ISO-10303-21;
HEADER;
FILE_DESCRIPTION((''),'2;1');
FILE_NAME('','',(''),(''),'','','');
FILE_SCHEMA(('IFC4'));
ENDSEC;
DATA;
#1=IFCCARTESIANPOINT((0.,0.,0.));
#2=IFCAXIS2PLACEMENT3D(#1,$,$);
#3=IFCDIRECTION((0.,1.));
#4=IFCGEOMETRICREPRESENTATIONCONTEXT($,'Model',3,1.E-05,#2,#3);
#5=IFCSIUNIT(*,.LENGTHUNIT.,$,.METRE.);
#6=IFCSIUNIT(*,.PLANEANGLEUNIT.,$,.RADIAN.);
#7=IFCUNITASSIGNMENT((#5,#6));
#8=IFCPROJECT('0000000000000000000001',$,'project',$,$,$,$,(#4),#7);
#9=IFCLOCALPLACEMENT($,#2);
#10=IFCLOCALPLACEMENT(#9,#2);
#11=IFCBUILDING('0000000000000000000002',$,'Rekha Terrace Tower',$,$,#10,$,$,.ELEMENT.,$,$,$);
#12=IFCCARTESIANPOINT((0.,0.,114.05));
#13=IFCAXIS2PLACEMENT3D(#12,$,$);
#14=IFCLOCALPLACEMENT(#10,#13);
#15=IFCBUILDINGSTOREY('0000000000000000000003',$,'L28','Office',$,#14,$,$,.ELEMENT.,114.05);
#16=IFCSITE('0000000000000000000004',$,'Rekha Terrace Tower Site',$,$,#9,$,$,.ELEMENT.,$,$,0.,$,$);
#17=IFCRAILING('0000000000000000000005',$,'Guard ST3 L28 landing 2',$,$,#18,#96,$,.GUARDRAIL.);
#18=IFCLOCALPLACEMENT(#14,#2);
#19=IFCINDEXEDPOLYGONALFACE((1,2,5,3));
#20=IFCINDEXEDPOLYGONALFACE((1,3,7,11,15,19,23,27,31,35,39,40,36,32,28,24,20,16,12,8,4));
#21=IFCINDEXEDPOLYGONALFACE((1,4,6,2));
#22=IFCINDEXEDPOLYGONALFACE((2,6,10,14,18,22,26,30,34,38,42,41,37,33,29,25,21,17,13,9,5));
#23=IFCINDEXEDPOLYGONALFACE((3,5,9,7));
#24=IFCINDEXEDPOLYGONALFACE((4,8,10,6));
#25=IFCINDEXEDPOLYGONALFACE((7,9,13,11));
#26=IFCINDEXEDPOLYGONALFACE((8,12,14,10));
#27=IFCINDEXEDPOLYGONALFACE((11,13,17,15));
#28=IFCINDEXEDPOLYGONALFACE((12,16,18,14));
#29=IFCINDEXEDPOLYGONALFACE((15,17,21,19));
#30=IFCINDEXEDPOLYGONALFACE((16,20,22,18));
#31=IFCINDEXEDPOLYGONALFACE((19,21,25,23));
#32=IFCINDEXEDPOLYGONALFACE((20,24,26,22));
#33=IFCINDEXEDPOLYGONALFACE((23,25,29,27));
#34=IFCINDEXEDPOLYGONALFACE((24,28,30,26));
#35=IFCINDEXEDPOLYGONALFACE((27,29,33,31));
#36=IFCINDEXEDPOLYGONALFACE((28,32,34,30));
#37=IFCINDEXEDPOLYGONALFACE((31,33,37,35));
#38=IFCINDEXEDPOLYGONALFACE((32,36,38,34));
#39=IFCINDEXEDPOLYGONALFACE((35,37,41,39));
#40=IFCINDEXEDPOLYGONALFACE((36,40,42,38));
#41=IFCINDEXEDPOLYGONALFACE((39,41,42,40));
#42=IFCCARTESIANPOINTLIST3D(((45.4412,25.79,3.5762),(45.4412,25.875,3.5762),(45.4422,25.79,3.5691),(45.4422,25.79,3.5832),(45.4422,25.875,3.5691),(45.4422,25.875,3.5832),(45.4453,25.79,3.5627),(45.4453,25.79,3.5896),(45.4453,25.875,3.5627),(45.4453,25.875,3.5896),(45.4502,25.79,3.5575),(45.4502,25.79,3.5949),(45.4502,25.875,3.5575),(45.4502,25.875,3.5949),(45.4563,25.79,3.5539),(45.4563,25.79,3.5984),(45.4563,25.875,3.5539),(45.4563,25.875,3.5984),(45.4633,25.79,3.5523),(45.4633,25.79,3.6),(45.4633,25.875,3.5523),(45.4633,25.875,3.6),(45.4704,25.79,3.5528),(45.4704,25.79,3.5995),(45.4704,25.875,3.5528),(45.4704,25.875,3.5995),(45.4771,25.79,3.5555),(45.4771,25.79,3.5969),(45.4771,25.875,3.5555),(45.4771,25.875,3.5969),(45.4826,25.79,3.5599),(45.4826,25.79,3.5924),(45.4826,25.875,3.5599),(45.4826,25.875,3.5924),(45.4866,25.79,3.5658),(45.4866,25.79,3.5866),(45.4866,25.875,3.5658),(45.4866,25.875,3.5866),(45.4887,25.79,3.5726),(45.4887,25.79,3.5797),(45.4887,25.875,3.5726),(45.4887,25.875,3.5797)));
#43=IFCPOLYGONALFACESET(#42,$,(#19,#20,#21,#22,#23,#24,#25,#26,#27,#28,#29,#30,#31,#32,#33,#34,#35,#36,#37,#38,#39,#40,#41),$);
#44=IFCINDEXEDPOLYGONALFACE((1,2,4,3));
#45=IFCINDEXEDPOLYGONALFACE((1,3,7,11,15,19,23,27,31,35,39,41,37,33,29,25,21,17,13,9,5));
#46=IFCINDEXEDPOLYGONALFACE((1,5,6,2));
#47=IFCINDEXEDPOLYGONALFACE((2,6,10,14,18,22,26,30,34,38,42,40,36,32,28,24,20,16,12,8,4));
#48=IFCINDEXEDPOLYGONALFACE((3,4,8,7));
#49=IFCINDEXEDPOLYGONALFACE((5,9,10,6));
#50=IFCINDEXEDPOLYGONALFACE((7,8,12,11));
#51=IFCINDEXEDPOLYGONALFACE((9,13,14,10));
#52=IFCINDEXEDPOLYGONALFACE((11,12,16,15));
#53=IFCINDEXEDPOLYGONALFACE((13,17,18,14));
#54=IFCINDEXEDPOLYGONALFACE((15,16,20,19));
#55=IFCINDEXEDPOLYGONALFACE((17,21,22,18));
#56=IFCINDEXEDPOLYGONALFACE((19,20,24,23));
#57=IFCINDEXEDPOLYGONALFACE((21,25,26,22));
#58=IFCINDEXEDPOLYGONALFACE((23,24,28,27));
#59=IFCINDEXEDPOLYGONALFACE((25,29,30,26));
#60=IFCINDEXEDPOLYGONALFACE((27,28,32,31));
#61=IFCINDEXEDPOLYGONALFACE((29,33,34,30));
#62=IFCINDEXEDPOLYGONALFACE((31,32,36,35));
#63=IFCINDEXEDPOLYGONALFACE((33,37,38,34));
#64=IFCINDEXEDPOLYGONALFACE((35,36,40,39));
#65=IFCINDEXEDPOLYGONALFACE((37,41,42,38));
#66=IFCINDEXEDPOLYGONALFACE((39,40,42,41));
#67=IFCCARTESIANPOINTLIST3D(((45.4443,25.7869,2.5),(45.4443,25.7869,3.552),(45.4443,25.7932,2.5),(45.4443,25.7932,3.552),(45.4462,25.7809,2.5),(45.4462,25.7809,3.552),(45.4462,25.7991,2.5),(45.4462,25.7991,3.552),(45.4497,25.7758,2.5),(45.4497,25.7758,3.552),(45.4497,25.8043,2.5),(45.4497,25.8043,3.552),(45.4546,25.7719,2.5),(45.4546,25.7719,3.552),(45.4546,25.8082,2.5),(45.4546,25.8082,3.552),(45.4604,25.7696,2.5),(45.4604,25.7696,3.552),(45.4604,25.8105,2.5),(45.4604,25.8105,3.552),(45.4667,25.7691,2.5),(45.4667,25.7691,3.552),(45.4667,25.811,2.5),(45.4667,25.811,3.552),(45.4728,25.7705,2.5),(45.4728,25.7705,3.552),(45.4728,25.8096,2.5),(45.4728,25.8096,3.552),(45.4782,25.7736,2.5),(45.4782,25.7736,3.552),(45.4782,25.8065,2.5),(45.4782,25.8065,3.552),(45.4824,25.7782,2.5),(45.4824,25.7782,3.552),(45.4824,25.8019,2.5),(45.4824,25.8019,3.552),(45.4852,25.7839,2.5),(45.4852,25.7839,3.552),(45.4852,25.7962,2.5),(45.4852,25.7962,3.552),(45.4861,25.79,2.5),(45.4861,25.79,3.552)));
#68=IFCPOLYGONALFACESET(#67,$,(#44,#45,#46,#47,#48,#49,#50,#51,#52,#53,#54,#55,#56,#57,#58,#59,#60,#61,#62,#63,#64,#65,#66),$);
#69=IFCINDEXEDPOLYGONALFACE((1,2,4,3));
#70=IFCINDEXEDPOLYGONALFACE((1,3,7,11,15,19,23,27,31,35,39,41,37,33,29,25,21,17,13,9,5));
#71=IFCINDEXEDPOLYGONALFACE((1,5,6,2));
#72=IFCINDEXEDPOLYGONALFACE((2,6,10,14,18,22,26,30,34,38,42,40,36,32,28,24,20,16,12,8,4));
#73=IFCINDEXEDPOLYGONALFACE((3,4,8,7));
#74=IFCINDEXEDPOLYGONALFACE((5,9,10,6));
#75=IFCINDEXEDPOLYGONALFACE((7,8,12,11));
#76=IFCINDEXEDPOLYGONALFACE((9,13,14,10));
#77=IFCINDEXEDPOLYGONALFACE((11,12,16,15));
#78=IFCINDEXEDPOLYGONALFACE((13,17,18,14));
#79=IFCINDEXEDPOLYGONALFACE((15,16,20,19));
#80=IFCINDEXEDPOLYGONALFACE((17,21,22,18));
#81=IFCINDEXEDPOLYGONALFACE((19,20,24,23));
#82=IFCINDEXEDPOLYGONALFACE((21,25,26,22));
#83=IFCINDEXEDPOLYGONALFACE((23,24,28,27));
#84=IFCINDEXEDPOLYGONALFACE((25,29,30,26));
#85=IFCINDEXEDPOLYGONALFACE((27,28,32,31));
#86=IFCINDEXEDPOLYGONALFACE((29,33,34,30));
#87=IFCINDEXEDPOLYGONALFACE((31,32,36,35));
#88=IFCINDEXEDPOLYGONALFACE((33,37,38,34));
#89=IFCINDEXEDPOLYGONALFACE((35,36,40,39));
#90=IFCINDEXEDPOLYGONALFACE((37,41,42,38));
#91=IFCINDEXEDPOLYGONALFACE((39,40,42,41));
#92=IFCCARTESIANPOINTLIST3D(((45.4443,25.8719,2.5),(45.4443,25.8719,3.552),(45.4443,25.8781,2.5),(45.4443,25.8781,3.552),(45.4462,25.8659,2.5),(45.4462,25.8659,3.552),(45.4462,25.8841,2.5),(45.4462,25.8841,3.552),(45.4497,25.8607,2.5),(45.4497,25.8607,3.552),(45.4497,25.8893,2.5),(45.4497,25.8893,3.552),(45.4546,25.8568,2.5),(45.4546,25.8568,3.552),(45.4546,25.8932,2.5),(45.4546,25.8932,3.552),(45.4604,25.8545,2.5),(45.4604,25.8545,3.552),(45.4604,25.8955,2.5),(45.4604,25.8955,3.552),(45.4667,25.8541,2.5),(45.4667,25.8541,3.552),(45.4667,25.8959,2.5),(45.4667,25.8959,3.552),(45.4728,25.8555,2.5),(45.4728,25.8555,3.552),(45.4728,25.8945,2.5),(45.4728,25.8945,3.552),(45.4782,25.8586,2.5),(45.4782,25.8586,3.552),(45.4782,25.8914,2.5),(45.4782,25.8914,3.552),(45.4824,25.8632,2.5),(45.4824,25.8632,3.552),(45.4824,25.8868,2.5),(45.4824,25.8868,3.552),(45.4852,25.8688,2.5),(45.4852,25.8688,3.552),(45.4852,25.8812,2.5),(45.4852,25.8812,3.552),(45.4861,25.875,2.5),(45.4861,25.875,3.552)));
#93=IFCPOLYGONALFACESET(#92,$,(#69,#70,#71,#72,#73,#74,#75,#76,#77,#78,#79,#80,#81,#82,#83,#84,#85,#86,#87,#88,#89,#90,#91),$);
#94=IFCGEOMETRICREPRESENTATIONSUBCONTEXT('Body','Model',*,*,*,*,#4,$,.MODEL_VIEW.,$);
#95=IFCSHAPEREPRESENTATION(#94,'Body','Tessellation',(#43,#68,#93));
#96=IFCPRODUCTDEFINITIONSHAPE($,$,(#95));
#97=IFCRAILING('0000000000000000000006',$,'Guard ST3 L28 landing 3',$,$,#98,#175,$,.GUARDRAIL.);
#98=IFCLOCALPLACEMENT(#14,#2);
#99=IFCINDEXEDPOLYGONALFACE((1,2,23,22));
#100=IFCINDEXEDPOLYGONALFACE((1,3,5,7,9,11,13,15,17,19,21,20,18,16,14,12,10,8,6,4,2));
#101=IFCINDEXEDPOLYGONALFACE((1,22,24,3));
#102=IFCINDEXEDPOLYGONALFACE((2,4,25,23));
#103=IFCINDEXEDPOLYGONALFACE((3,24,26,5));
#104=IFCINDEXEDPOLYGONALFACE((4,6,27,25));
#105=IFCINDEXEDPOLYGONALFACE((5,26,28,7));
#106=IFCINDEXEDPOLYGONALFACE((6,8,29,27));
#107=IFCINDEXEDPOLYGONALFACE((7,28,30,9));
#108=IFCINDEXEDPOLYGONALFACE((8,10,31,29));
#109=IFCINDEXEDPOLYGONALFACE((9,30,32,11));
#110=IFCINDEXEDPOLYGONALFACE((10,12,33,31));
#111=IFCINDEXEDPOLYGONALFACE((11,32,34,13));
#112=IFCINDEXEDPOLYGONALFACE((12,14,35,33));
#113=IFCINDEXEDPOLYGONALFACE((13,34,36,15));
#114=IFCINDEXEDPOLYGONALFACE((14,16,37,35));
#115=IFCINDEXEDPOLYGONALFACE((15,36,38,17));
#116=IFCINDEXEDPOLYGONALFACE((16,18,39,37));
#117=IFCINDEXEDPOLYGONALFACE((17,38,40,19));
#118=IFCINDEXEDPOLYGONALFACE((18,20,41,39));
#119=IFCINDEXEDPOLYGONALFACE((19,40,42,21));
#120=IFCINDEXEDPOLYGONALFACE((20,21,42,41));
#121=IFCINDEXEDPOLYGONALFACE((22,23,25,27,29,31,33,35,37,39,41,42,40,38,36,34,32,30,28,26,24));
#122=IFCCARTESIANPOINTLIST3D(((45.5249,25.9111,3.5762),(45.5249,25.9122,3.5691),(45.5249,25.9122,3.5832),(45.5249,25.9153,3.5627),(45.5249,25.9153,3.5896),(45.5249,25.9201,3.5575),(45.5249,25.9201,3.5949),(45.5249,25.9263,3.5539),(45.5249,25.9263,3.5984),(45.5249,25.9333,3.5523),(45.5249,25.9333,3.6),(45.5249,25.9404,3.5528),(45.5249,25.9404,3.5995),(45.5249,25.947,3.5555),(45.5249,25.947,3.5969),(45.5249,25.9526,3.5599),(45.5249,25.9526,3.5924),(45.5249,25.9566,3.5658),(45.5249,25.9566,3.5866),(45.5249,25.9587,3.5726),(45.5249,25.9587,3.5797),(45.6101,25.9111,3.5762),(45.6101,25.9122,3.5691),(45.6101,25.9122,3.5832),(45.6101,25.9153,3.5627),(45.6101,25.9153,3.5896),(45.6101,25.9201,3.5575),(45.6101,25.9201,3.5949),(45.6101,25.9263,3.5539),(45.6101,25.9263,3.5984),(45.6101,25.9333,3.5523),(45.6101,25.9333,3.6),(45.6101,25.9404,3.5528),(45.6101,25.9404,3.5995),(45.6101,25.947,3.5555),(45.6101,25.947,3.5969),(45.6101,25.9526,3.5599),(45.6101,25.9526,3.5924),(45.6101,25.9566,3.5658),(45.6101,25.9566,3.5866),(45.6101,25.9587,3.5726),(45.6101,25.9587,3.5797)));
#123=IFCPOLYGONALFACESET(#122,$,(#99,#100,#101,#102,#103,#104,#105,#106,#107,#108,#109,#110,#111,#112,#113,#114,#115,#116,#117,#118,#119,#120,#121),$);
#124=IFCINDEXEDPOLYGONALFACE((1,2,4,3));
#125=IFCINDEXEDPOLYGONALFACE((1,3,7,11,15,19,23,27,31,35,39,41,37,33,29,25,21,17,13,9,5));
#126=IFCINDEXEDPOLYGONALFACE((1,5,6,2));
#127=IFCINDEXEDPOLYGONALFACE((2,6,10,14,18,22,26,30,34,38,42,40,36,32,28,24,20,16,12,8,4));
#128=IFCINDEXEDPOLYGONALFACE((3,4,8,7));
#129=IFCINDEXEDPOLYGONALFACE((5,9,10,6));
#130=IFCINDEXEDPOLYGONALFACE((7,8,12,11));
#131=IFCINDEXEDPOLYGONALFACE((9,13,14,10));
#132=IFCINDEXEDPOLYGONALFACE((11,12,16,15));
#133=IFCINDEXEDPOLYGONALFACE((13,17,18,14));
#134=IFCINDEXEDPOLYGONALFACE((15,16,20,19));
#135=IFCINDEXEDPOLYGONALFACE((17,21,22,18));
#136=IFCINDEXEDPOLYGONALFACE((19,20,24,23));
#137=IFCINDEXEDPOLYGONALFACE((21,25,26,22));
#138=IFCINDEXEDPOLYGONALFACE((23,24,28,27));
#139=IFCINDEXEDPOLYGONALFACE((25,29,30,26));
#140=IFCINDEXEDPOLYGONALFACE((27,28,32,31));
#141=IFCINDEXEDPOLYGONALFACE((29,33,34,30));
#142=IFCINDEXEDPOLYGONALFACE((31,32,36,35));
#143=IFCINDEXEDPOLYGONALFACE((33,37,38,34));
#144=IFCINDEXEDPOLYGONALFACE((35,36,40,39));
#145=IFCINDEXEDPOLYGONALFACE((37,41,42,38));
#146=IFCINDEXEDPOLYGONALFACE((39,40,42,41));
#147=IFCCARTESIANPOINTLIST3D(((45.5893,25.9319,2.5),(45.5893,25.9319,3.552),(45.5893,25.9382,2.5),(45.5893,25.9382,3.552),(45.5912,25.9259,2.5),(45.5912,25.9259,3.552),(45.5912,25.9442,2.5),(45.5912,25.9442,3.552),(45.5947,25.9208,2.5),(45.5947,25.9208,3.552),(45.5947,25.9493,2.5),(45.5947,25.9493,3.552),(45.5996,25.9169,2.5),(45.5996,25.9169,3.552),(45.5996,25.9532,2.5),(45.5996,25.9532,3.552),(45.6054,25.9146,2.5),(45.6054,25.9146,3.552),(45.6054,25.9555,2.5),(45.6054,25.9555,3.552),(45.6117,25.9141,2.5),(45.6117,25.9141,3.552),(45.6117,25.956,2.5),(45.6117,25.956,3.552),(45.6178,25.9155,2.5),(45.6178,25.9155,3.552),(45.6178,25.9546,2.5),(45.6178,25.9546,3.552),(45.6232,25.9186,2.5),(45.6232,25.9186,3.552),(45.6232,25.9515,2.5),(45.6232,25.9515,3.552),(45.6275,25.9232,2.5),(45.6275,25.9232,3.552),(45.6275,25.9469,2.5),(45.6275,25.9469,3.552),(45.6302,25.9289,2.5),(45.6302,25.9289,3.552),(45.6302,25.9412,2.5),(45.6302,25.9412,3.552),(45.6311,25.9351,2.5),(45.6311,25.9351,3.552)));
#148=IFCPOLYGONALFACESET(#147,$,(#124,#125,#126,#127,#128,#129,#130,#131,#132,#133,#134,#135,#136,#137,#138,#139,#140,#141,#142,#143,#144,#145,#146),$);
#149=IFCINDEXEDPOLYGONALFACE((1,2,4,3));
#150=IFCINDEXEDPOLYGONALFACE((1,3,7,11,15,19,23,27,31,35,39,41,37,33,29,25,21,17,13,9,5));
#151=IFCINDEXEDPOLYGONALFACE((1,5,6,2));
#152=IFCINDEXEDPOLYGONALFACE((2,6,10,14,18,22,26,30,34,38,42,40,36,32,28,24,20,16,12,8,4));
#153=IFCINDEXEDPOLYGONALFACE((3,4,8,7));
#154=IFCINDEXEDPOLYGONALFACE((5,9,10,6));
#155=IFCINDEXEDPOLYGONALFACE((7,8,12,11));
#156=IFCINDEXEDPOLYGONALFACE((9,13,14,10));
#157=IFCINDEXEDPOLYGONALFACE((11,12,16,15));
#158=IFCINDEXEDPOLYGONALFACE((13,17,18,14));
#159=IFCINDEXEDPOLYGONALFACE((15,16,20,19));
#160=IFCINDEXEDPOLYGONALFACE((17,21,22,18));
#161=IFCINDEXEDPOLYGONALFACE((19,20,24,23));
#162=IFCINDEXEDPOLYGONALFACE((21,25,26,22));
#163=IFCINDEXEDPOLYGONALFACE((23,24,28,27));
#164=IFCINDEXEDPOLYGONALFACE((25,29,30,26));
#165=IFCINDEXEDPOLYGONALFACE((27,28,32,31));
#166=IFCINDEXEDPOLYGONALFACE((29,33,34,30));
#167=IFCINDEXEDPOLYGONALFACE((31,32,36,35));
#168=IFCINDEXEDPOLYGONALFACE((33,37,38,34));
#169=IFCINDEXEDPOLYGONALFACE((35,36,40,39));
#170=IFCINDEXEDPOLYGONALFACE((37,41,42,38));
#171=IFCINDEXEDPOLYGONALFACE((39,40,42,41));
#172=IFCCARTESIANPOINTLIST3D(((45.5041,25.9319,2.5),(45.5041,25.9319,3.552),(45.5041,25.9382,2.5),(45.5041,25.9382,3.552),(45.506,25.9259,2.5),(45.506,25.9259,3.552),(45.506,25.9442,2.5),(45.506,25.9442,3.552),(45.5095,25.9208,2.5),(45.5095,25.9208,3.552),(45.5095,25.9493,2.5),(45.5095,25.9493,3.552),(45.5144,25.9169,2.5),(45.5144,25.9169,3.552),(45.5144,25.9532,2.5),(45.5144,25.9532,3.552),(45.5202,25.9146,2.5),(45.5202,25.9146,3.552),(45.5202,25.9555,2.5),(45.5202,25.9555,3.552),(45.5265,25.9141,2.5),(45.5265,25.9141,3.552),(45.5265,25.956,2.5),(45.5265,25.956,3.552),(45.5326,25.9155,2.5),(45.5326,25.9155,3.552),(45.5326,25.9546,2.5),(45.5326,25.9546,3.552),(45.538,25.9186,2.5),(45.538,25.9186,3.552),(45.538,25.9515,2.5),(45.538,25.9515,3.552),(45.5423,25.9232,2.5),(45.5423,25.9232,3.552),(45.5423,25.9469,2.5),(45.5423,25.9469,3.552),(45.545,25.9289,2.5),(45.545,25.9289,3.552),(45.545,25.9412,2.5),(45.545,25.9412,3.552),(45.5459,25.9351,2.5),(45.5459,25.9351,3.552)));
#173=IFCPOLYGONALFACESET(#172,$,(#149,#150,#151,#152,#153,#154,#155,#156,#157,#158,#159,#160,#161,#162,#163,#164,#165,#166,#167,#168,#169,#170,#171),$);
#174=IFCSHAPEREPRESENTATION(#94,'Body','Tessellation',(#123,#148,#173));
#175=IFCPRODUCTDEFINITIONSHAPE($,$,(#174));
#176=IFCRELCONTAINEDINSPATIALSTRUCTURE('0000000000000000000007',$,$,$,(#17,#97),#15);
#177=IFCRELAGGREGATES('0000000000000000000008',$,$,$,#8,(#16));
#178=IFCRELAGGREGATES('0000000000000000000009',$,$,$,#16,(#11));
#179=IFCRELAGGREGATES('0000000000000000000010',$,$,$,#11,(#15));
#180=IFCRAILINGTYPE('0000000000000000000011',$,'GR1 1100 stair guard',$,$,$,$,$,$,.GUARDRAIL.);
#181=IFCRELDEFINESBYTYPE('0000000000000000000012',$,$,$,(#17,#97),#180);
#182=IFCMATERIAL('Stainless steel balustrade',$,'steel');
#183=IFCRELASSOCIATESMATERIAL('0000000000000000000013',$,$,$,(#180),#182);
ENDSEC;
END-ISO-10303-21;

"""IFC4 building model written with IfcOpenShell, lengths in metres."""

from ifc_helpers import new_model, si_unit, direction, frame, origin, origin_2d, place, context, subcontext, project, spatial, circle, extrude, material, type_object, element, save


model = new_model("IFC4")

# Units and contexts
model_context = context("Model", 3, precision=1e-05, world=origin(), true_north=direction((0.0, 1.0)))
body_context = subcontext(model_context, "Body", "Model", "MODEL_VIEW")
ifc_project = project(units=[si_unit("LENGTHUNIT", "METRE"), si_unit("PLANEANGLEUNIT", "RADIAN")], contexts=[model_context])

# Site, building, storey
site_placement = place(None, origin())
site = spatial("IfcSite", under=ifc_project, at=site_placement, Name="Rekha Terrace Tower Site", CompositionType="ELEMENT", RefElevation=0.0)
building_placement = place(site_placement, origin())
building = spatial("IfcBuilding", under=site, at=building_placement, Name="Rekha Terrace Tower", CompositionType="ELEMENT")
storey_placement = place(building_placement, frame((0.0, 0.0, 114.05)))
storey = spatial("IfcBuildingStorey", under=building, at=storey_placement, Name="L28", Description="Office", CompositionType="ELEMENT", Elevation=114.05)

# Railings
ifc_material_1 = material(Name="Stainless steel balustrade", Category="steel")
railing_type_1 = type_object("IfcRailingType", Name="GR1 1100 stair guard", PredefinedType="GUARDRAIL", material=ifc_material_1)
railing_1_placement = place(storey_placement, frame((45.4651, 25.79, 2.5)))
element("IfcRailing", 1, at=railing_1_placement, inside=storey, type_object=railing_type_1, Name="Guard ST3 L28 landing 2", PredefinedType="GUARDRAIL", context=body_context, shape_type="SweptSolid", body=[
    extrude(circle(Radius=0.0239, at=origin_2d()), frame((0.0, 0.0, 1.0762), z_axis=(0.0, 1.0, 0.0), x_axis=(-1.0, 0.0, 0.0)), (0.0, 0.0, 1.0), 0.085),
    extrude(circle(Radius=0.021, at=origin_2d()), origin(), (0.0, 0.0, 1.0), 1.052),
    extrude(circle(Radius=0.021, at=origin_2d()), frame((0.0, 0.085, 0.0)), (0.0, 0.0, 1.0), 1.052),
])
railing_2_placement = place(storey_placement, frame((45.6101, 25.9351, 2.5)))
element("IfcRailing", 2, at=railing_2_placement, inside=storey, type_object=railing_type_1, Name="Guard ST3 L28 landing 3", PredefinedType="GUARDRAIL", context=body_context, shape_type="SweptSolid", body=[
    extrude(circle(Radius=0.0239, at=origin_2d()), frame((0.0, 0.0, 1.0762), z_axis=(-1.0, 0.0, 0.0), x_axis=(0.0, -1.0, 0.0)), (0.0, 0.0, 1.0), 0.0852),
    extrude(circle(Radius=0.021, at=origin_2d()), origin(), (0.0, 0.0, 1.0), 1.052),
    extrude(circle(Radius=0.021, at=origin_2d()), frame((-0.0852, 0.0, 0.0)), (0.0, 0.0, 1.0), 1.052),
])

save(model, "model.ifc")
